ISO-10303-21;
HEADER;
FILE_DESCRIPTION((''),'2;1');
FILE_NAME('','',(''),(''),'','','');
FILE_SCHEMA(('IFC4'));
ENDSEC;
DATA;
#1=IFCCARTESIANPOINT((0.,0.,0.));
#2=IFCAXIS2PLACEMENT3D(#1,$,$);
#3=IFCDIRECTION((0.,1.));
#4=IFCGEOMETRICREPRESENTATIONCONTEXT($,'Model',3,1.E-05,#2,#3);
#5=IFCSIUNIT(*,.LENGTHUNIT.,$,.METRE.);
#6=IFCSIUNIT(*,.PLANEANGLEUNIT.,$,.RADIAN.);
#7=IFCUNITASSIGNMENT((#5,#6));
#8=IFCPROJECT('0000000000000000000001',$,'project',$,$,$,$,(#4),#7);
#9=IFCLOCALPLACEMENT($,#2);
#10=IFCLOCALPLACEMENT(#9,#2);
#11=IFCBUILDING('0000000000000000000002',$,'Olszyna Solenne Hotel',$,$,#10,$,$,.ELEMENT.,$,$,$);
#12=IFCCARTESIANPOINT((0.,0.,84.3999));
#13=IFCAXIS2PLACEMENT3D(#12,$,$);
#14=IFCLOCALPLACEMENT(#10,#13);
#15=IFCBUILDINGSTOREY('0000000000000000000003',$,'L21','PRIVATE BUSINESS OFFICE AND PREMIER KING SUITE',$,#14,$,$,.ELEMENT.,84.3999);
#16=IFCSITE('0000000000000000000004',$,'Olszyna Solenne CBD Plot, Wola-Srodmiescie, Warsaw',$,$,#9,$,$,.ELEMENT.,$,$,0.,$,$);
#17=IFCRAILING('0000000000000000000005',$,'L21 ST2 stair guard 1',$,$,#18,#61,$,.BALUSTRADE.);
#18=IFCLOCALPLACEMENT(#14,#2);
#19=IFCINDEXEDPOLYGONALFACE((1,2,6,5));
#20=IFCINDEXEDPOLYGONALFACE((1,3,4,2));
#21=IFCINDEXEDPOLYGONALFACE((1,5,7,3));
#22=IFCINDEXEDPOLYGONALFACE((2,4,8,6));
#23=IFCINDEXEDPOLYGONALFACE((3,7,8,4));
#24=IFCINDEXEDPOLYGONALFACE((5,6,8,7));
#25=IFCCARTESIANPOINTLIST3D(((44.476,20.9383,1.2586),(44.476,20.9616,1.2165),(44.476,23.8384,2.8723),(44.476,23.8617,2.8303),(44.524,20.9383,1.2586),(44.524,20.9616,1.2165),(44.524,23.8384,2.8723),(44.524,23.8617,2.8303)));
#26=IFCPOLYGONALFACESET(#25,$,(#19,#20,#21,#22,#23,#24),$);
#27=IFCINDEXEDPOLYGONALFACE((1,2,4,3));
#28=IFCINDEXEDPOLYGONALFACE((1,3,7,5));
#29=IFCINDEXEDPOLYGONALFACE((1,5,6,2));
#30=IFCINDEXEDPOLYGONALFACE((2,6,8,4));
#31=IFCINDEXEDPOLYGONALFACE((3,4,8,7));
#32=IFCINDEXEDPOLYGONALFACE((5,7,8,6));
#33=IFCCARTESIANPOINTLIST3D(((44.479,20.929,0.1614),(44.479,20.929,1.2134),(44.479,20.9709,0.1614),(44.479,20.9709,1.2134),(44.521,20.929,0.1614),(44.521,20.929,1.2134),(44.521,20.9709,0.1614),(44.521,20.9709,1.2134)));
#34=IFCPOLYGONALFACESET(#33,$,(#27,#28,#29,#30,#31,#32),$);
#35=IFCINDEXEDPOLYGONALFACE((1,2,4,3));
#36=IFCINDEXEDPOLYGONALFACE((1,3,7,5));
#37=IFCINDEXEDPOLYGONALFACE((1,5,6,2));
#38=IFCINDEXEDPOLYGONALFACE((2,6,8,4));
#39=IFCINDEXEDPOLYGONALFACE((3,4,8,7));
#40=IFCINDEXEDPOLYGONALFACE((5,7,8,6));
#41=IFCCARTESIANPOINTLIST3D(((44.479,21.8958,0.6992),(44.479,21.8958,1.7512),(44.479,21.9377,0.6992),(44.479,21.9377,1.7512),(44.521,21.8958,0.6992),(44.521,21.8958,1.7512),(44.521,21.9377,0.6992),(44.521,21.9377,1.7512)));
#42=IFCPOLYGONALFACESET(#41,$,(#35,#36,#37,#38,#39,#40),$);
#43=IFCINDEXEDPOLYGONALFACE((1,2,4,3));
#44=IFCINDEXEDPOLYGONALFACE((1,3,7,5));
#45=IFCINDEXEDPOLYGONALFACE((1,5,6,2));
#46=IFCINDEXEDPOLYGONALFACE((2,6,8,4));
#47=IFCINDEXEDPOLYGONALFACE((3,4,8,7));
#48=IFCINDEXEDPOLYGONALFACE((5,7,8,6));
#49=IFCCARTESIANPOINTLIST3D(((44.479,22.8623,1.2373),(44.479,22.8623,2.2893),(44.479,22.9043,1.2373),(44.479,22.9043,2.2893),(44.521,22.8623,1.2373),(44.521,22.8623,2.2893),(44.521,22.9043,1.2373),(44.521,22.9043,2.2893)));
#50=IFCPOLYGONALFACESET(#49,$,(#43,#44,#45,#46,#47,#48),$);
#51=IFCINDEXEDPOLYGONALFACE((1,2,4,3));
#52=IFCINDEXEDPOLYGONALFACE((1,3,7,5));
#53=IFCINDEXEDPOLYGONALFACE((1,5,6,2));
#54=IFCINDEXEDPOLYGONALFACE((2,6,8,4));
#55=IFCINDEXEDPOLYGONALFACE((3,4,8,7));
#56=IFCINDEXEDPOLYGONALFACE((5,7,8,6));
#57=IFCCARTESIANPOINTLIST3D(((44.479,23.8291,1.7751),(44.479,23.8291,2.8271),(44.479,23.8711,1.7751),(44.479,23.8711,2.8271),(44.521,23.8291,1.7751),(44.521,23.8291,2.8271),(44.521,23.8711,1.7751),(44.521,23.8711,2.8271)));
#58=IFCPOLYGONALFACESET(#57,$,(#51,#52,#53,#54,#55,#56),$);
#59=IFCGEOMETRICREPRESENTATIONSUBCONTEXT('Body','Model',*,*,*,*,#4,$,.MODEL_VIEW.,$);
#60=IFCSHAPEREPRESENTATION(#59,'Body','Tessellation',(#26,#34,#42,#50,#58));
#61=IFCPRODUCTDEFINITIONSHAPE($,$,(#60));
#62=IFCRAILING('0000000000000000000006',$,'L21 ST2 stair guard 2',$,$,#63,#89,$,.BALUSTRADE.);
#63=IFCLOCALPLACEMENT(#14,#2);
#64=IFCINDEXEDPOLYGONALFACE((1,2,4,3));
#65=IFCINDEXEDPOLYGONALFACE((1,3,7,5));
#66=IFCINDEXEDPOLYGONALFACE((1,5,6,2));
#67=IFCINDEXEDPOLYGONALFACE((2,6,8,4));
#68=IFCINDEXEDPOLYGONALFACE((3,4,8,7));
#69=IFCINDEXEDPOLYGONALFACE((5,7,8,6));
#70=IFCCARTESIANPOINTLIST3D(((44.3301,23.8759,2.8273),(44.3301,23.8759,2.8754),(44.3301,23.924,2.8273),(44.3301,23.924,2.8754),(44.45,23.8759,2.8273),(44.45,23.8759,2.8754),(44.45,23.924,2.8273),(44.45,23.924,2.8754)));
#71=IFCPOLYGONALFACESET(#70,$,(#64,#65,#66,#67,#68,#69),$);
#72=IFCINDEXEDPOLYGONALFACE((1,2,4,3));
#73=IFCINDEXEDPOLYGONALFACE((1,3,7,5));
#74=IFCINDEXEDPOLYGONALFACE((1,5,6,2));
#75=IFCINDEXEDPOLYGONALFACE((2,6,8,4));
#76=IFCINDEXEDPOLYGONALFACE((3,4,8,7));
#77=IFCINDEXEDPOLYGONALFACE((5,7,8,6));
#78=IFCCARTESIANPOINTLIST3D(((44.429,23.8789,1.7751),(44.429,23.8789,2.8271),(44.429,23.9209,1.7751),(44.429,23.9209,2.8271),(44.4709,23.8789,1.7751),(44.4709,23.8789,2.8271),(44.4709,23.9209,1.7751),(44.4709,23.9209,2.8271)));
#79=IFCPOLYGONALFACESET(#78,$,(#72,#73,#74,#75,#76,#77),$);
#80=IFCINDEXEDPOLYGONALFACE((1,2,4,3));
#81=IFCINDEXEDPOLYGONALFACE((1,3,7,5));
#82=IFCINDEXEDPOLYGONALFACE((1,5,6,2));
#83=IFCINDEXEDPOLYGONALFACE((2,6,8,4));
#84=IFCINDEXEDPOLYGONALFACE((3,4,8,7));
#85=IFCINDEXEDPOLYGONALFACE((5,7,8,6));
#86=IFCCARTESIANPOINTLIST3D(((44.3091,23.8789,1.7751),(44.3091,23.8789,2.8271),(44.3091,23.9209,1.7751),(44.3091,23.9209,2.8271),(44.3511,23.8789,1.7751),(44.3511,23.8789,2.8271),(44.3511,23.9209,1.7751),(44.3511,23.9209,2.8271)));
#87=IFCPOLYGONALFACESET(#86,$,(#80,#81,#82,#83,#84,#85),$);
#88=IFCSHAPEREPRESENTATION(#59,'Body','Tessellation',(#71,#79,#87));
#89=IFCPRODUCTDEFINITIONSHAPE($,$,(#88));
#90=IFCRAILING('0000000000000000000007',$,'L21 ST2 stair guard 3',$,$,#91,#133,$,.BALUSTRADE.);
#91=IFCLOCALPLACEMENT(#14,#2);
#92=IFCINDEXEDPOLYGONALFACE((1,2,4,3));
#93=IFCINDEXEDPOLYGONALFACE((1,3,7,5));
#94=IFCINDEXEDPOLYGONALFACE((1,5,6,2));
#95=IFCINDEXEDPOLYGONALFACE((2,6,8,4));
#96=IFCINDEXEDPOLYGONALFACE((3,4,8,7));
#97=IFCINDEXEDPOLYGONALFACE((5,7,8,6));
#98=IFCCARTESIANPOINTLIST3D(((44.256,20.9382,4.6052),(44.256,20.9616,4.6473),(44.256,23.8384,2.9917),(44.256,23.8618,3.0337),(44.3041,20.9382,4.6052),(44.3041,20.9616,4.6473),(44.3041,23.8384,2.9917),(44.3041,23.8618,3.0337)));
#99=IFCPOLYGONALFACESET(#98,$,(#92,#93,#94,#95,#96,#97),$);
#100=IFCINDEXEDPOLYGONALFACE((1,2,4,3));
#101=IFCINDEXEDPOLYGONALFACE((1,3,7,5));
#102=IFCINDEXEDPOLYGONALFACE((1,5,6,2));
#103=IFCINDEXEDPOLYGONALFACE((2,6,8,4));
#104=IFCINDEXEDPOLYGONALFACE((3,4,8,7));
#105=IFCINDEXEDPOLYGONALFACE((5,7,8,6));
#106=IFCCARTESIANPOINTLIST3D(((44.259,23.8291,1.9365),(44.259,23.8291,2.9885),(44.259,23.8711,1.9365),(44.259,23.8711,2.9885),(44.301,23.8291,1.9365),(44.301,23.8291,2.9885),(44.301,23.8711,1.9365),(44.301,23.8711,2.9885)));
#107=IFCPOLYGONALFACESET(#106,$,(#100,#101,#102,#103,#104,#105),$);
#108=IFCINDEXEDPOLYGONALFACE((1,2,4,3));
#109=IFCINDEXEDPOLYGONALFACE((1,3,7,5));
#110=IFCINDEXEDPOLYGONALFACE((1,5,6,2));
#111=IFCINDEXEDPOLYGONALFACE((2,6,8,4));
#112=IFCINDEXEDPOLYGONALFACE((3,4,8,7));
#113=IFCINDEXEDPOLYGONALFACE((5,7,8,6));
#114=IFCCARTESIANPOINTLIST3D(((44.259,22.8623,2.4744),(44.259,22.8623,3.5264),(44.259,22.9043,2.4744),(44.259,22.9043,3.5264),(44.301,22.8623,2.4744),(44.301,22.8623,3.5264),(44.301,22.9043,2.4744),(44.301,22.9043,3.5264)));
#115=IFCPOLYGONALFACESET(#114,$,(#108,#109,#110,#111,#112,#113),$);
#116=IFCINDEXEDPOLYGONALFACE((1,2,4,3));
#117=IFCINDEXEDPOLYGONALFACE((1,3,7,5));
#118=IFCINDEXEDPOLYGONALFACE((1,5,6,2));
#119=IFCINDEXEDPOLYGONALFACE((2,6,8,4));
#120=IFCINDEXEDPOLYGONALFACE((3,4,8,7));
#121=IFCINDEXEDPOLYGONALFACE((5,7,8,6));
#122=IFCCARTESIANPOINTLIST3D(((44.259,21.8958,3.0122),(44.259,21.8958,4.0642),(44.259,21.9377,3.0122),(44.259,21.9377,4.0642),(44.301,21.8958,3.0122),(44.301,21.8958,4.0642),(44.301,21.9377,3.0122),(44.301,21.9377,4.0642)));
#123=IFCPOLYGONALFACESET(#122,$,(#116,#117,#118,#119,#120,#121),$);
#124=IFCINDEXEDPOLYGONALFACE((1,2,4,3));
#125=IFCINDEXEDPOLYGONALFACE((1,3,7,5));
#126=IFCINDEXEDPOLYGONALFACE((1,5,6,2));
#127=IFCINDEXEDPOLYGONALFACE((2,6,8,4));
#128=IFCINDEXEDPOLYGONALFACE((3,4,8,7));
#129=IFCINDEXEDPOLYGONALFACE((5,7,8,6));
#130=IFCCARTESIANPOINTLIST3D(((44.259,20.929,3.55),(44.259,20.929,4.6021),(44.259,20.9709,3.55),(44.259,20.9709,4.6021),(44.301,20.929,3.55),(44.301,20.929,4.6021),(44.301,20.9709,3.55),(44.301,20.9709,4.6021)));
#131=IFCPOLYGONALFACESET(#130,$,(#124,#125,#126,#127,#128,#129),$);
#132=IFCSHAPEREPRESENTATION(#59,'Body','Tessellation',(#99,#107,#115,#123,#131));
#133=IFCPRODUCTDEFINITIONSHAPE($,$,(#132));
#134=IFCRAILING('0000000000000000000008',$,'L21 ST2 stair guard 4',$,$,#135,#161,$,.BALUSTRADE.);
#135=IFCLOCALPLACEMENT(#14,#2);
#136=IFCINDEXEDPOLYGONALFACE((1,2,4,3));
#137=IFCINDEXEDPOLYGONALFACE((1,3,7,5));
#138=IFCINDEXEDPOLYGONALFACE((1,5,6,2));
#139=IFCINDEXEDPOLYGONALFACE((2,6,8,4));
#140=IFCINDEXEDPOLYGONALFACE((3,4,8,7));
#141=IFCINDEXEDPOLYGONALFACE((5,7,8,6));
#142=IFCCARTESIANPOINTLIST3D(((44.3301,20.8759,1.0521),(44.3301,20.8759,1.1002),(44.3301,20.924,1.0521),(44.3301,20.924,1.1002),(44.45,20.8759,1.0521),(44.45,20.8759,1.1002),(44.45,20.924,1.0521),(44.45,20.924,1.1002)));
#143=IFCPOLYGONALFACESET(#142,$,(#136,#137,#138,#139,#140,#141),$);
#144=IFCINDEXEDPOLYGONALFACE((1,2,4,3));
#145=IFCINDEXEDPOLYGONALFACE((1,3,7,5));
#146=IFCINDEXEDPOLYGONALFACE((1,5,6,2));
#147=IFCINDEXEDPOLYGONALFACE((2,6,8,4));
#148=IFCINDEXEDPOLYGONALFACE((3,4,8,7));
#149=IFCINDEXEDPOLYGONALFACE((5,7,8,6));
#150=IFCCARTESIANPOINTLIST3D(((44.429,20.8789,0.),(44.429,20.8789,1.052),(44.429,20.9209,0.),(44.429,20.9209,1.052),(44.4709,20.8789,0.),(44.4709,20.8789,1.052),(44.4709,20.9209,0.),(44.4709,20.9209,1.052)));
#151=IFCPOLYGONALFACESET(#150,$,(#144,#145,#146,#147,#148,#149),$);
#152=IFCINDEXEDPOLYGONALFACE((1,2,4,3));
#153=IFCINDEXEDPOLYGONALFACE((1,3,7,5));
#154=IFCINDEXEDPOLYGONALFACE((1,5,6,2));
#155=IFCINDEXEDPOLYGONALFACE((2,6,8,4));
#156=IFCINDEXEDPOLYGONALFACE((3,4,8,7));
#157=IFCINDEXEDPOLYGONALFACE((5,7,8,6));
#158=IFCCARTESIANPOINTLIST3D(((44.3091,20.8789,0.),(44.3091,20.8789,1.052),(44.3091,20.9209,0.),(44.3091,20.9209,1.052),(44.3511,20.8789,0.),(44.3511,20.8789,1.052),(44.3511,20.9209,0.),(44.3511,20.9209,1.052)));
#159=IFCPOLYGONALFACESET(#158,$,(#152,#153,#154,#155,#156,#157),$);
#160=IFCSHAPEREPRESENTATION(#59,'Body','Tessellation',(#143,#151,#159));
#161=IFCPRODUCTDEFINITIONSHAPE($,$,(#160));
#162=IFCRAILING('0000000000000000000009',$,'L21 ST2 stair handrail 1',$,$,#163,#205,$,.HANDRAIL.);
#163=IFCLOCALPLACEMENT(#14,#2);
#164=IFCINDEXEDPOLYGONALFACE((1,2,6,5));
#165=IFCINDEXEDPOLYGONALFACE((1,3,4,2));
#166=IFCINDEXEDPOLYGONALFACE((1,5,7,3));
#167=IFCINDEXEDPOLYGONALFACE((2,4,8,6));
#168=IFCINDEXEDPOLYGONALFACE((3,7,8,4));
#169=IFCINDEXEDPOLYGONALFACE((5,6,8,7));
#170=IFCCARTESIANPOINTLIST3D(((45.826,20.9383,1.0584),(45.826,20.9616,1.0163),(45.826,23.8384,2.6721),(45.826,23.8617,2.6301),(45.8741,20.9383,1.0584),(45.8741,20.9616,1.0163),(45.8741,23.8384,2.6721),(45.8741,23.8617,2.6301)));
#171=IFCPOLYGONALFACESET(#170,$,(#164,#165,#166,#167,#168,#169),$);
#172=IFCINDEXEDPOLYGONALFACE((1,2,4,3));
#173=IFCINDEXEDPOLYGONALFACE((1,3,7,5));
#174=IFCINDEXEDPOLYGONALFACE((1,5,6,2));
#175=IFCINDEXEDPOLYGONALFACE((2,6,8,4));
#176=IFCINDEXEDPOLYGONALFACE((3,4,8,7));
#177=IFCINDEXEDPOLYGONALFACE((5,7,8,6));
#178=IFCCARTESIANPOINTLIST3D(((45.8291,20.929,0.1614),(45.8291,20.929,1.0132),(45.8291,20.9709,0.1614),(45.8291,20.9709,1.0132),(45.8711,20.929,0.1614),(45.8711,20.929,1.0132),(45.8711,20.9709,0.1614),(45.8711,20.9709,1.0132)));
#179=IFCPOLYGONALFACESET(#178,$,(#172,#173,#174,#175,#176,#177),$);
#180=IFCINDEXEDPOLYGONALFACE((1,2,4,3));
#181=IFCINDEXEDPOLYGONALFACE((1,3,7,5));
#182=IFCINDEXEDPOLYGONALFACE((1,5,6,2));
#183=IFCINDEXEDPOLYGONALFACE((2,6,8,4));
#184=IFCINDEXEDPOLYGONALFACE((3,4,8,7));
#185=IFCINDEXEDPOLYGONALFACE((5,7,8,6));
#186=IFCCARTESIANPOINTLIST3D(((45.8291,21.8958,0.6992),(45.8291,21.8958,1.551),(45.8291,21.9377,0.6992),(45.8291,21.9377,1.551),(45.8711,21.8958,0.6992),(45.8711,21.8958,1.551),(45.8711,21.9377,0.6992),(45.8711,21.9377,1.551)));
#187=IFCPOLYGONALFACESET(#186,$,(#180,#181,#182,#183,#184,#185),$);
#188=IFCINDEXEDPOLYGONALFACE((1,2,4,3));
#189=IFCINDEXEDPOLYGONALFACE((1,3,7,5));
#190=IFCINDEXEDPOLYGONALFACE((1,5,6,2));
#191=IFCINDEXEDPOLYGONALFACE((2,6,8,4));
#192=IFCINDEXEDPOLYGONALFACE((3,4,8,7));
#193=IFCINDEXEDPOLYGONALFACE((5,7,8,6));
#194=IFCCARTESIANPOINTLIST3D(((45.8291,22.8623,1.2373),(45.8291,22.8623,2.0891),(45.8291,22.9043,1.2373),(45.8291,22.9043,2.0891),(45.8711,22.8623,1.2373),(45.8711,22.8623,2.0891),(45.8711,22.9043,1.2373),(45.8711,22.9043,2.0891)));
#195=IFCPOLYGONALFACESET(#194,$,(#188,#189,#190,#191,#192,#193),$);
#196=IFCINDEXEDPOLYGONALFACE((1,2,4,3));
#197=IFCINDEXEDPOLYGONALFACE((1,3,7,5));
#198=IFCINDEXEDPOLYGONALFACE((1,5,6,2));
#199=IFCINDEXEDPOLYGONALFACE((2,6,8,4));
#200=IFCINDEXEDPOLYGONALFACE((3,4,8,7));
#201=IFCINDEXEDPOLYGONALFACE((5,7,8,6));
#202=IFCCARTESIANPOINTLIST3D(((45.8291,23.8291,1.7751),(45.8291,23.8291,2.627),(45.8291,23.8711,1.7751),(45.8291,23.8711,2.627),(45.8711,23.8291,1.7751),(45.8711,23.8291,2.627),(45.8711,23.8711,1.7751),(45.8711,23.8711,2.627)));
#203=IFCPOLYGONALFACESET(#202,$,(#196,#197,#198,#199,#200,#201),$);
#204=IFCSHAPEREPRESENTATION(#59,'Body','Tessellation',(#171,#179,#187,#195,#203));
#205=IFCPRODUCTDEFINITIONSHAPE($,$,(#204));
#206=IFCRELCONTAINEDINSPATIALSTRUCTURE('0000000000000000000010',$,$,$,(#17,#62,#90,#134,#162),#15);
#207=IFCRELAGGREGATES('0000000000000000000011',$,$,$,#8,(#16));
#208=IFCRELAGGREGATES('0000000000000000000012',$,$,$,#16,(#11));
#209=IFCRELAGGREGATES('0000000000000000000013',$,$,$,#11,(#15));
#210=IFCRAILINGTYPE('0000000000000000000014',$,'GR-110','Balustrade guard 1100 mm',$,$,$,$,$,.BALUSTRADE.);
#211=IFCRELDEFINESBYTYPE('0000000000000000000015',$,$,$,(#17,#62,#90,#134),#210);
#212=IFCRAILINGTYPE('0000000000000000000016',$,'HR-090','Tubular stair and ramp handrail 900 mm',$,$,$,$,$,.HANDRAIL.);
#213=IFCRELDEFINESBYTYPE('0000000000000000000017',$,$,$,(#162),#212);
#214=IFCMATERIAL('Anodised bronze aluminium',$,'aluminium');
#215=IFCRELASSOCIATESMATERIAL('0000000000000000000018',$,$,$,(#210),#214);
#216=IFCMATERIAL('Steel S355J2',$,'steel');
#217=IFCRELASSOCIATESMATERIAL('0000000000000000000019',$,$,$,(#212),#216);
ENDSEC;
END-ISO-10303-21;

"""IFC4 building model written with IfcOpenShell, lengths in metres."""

from ifc_helpers import new_model, si_unit, direction, frame, origin, origin_2d, place, context, subcontext, project, spatial, rectangle, extrude, material, type_object, element, save


model = new_model("IFC4")

# Units and contexts
model_context = context("Model", 3, precision=1e-05, world=origin(), true_north=direction((0.0, 1.0)))
body_context = subcontext(model_context, "Body", "Model", "MODEL_VIEW")
ifc_project = project(units=[si_unit("LENGTHUNIT", "METRE"), si_unit("PLANEANGLEUNIT", "RADIAN")], contexts=[model_context])

# Site, building, storey
site_placement = place(None, origin())
site = spatial("IfcSite", under=ifc_project, at=site_placement, Name="Olszyna Solenne CBD Plot, Wola-Srodmiescie, Warsaw", CompositionType="ELEMENT", RefElevation=0.0)
building_placement = place(site_placement, origin())
building = spatial("IfcBuilding", under=site, at=building_placement, Name="Olszyna Solenne Hotel", CompositionType="ELEMENT")
storey_placement = place(building_placement, frame((0.0, 0.0, 84.3999)))
storey = spatial("IfcBuildingStorey", under=building, at=storey_placement, Name="L21", Description="PRIVATE BUSINESS OFFICE AND PREMIER KING SUITE", CompositionType="ELEMENT", Elevation=84.3999)

# Shared definitions
ifc_material_1 = material(Name="Steel S355J2", Category="steel")

# Shared definitions
ifc_material_2 = material(Name="Anodised bronze aluminium", Category="aluminium")

# Railings
railing_type_1 = type_object("IfcRailingType", Name="GR-110", Description="Balustrade guard 1100 mm", PredefinedType="BALUSTRADE", material=ifc_material_2)
railing_1_placement = place(storey_placement, frame((44.5, 20.95, 0.1614)))
element("IfcRailing", 1, at=railing_1_placement, inside=storey, type_object=railing_type_1, Name="L21 ST2 stair guard 1", PredefinedType="BALUSTRADE", context=body_context, shape_type="SweptSolid", body=[
    extrude(rectangle(XDim=0.0481, YDim=0.0481, at=origin_2d()), frame((0.0, 0.0, 1.0762), z_axis=(0.0, 0.873827, 0.486236), x_axis=(-1.0, 0.0, 0.0)), (0.0, 0.0, 1.0), 3.3188),
    extrude(rectangle(XDim=0.042, YDim=0.042, at=origin_2d()), origin(), (0.0, 0.0, 1.0), 1.052),
    extrude(rectangle(XDim=0.042, YDim=0.042, at=origin_2d()), frame((0.0, 0.9668, 0.5378)), (0.0, 0.0, 1.0), 1.052),
    extrude(rectangle(XDim=0.042, YDim=0.042, at=origin_2d()), frame((0.0, 1.9333, 1.0759)), (0.0, 0.0, 1.0), 1.052),
    extrude(rectangle(XDim=0.042, YDim=0.042, at=origin_2d()), frame((0.0, 2.9001, 1.6138)), (0.0, 0.0, 1.0), 1.052),
])
railing_2_placement = place(storey_placement, frame((44.45, 23.8999, 1.7751)))
element("IfcRailing", 2, at=railing_2_placement, inside=storey, type_object=railing_type_1, Name="L21 ST2 stair guard 2", PredefinedType="BALUSTRADE", context=body_context, shape_type="SweptSolid", body=[
    extrude(rectangle(XDim=0.0481, YDim=0.0481, at=origin_2d()), frame((0.0, 0.0, 1.0762), z_axis=(-1.0, 0.0, 0.0), x_axis=(0.0, -1.0, 0.0)), (0.0, 0.0, 1.0), 0.1199),
    extrude(rectangle(XDim=0.042, YDim=0.042, at=origin_2d()), origin(), (0.0, 0.0, 1.0), 1.052),
    extrude(rectangle(XDim=0.042, YDim=0.042, at=origin_2d()), frame((-0.1199, 0.0, 0.0)), (0.0, 0.0, 1.0), 1.052),
])
railing_3_placement = place(storey_placement, frame((44.28, 23.8501, 1.9365)))
element("IfcRailing", 3, at=railing_3_placement, inside=storey, type_object=railing_type_1, Name="L21 ST2 stair guard 3", PredefinedType="BALUSTRADE", context=body_context, shape_type="SweptSolid", body=[
    extrude(rectangle(XDim=0.0481, YDim=0.0481, at=origin_2d()), frame((0.0, 0.0, 1.0762), z_axis=(0.0, -0.873859, 0.48618), x_axis=(1.0, 0.0, 0.0)), (0.0, 0.0, 1.0), 3.3188),
    extrude(rectangle(XDim=0.042, YDim=0.042, at=origin_2d()), origin(), (0.0, 0.0, 1.0), 1.052),
    extrude(rectangle(XDim=0.042, YDim=0.042, at=origin_2d()), frame((0.0, -0.9668, 0.5378)), (0.0, 0.0, 1.0), 1.052),
    extrude(rectangle(XDim=0.042, YDim=0.042, at=origin_2d()), frame((0.0, -1.9333, 1.0757)), (0.0, 0.0, 1.0), 1.052),
    extrude(rectangle(XDim=0.042, YDim=0.042, at=origin_2d()), frame((0.0, -2.9001, 1.6135)), (0.0, 0.0, 1.0), 1.052),
])
railing_4_placement = place(storey_placement, frame((44.45, 20.8999, 0.0)))
element("IfcRailing", 4, at=railing_4_placement, inside=storey, type_object=railing_type_1, Name="L21 ST2 stair guard 4", PredefinedType="BALUSTRADE", context=body_context, shape_type="SweptSolid", body=[
    extrude(rectangle(XDim=0.0481, YDim=0.0481, at=origin_2d()), frame((0.0, 0.0, 1.0762), z_axis=(-1.0, 0.0, 0.0), x_axis=(0.0, -1.0, 0.0)), (0.0, 0.0, 1.0), 0.1199),
    extrude(rectangle(XDim=0.042, YDim=0.042, at=origin_2d()), origin(), (0.0, 0.0, 1.0), 1.052),
    extrude(rectangle(XDim=0.042, YDim=0.042, at=origin_2d()), frame((-0.1199, 0.0, 0.0)), (0.0, 0.0, 1.0), 1.052),
])
railing_type_2 = type_object("IfcRailingType", Name="HR-090", Description="Tubular stair and ramp handrail 900 mm", PredefinedType="HANDRAIL", material=ifc_material_1)
railing_5_placement = place(storey_placement, frame((45.8501, 20.95, 0.1614)))
element("IfcRailing", 5, at=railing_5_placement, inside=storey, type_object=railing_type_2, Name="L21 ST2 stair handrail 1", PredefinedType="HANDRAIL", context=body_context, shape_type="SweptSolid", body=[
    extrude(rectangle(XDim=0.0481, YDim=0.0481, at=origin_2d()), frame((0.0, 0.0, 0.876), z_axis=(0.0, 0.873827, 0.486236), x_axis=(-1.0, 0.0, 0.0)), (0.0, 0.0, 1.0), 3.3188),
    extrude(rectangle(XDim=0.042, YDim=0.042, at=origin_2d()), origin(), (0.0, 0.0, 1.0), 0.8518),
    extrude(rectangle(XDim=0.042, YDim=0.042, at=origin_2d()), frame((0.0, 0.9668, 0.5378)), (0.0, 0.0, 1.0), 0.8518),
    extrude(rectangle(XDim=0.042, YDim=0.042, at=origin_2d()), frame((0.0, 1.9333, 1.0759)), (0.0, 0.0, 1.0), 0.8518),
    extrude(rectangle(XDim=0.042, YDim=0.042, at=origin_2d()), frame((0.0, 2.9001, 1.6138)), (0.0, 0.0, 1.0), 0.8518),
])

save(model, "model.ifc")
